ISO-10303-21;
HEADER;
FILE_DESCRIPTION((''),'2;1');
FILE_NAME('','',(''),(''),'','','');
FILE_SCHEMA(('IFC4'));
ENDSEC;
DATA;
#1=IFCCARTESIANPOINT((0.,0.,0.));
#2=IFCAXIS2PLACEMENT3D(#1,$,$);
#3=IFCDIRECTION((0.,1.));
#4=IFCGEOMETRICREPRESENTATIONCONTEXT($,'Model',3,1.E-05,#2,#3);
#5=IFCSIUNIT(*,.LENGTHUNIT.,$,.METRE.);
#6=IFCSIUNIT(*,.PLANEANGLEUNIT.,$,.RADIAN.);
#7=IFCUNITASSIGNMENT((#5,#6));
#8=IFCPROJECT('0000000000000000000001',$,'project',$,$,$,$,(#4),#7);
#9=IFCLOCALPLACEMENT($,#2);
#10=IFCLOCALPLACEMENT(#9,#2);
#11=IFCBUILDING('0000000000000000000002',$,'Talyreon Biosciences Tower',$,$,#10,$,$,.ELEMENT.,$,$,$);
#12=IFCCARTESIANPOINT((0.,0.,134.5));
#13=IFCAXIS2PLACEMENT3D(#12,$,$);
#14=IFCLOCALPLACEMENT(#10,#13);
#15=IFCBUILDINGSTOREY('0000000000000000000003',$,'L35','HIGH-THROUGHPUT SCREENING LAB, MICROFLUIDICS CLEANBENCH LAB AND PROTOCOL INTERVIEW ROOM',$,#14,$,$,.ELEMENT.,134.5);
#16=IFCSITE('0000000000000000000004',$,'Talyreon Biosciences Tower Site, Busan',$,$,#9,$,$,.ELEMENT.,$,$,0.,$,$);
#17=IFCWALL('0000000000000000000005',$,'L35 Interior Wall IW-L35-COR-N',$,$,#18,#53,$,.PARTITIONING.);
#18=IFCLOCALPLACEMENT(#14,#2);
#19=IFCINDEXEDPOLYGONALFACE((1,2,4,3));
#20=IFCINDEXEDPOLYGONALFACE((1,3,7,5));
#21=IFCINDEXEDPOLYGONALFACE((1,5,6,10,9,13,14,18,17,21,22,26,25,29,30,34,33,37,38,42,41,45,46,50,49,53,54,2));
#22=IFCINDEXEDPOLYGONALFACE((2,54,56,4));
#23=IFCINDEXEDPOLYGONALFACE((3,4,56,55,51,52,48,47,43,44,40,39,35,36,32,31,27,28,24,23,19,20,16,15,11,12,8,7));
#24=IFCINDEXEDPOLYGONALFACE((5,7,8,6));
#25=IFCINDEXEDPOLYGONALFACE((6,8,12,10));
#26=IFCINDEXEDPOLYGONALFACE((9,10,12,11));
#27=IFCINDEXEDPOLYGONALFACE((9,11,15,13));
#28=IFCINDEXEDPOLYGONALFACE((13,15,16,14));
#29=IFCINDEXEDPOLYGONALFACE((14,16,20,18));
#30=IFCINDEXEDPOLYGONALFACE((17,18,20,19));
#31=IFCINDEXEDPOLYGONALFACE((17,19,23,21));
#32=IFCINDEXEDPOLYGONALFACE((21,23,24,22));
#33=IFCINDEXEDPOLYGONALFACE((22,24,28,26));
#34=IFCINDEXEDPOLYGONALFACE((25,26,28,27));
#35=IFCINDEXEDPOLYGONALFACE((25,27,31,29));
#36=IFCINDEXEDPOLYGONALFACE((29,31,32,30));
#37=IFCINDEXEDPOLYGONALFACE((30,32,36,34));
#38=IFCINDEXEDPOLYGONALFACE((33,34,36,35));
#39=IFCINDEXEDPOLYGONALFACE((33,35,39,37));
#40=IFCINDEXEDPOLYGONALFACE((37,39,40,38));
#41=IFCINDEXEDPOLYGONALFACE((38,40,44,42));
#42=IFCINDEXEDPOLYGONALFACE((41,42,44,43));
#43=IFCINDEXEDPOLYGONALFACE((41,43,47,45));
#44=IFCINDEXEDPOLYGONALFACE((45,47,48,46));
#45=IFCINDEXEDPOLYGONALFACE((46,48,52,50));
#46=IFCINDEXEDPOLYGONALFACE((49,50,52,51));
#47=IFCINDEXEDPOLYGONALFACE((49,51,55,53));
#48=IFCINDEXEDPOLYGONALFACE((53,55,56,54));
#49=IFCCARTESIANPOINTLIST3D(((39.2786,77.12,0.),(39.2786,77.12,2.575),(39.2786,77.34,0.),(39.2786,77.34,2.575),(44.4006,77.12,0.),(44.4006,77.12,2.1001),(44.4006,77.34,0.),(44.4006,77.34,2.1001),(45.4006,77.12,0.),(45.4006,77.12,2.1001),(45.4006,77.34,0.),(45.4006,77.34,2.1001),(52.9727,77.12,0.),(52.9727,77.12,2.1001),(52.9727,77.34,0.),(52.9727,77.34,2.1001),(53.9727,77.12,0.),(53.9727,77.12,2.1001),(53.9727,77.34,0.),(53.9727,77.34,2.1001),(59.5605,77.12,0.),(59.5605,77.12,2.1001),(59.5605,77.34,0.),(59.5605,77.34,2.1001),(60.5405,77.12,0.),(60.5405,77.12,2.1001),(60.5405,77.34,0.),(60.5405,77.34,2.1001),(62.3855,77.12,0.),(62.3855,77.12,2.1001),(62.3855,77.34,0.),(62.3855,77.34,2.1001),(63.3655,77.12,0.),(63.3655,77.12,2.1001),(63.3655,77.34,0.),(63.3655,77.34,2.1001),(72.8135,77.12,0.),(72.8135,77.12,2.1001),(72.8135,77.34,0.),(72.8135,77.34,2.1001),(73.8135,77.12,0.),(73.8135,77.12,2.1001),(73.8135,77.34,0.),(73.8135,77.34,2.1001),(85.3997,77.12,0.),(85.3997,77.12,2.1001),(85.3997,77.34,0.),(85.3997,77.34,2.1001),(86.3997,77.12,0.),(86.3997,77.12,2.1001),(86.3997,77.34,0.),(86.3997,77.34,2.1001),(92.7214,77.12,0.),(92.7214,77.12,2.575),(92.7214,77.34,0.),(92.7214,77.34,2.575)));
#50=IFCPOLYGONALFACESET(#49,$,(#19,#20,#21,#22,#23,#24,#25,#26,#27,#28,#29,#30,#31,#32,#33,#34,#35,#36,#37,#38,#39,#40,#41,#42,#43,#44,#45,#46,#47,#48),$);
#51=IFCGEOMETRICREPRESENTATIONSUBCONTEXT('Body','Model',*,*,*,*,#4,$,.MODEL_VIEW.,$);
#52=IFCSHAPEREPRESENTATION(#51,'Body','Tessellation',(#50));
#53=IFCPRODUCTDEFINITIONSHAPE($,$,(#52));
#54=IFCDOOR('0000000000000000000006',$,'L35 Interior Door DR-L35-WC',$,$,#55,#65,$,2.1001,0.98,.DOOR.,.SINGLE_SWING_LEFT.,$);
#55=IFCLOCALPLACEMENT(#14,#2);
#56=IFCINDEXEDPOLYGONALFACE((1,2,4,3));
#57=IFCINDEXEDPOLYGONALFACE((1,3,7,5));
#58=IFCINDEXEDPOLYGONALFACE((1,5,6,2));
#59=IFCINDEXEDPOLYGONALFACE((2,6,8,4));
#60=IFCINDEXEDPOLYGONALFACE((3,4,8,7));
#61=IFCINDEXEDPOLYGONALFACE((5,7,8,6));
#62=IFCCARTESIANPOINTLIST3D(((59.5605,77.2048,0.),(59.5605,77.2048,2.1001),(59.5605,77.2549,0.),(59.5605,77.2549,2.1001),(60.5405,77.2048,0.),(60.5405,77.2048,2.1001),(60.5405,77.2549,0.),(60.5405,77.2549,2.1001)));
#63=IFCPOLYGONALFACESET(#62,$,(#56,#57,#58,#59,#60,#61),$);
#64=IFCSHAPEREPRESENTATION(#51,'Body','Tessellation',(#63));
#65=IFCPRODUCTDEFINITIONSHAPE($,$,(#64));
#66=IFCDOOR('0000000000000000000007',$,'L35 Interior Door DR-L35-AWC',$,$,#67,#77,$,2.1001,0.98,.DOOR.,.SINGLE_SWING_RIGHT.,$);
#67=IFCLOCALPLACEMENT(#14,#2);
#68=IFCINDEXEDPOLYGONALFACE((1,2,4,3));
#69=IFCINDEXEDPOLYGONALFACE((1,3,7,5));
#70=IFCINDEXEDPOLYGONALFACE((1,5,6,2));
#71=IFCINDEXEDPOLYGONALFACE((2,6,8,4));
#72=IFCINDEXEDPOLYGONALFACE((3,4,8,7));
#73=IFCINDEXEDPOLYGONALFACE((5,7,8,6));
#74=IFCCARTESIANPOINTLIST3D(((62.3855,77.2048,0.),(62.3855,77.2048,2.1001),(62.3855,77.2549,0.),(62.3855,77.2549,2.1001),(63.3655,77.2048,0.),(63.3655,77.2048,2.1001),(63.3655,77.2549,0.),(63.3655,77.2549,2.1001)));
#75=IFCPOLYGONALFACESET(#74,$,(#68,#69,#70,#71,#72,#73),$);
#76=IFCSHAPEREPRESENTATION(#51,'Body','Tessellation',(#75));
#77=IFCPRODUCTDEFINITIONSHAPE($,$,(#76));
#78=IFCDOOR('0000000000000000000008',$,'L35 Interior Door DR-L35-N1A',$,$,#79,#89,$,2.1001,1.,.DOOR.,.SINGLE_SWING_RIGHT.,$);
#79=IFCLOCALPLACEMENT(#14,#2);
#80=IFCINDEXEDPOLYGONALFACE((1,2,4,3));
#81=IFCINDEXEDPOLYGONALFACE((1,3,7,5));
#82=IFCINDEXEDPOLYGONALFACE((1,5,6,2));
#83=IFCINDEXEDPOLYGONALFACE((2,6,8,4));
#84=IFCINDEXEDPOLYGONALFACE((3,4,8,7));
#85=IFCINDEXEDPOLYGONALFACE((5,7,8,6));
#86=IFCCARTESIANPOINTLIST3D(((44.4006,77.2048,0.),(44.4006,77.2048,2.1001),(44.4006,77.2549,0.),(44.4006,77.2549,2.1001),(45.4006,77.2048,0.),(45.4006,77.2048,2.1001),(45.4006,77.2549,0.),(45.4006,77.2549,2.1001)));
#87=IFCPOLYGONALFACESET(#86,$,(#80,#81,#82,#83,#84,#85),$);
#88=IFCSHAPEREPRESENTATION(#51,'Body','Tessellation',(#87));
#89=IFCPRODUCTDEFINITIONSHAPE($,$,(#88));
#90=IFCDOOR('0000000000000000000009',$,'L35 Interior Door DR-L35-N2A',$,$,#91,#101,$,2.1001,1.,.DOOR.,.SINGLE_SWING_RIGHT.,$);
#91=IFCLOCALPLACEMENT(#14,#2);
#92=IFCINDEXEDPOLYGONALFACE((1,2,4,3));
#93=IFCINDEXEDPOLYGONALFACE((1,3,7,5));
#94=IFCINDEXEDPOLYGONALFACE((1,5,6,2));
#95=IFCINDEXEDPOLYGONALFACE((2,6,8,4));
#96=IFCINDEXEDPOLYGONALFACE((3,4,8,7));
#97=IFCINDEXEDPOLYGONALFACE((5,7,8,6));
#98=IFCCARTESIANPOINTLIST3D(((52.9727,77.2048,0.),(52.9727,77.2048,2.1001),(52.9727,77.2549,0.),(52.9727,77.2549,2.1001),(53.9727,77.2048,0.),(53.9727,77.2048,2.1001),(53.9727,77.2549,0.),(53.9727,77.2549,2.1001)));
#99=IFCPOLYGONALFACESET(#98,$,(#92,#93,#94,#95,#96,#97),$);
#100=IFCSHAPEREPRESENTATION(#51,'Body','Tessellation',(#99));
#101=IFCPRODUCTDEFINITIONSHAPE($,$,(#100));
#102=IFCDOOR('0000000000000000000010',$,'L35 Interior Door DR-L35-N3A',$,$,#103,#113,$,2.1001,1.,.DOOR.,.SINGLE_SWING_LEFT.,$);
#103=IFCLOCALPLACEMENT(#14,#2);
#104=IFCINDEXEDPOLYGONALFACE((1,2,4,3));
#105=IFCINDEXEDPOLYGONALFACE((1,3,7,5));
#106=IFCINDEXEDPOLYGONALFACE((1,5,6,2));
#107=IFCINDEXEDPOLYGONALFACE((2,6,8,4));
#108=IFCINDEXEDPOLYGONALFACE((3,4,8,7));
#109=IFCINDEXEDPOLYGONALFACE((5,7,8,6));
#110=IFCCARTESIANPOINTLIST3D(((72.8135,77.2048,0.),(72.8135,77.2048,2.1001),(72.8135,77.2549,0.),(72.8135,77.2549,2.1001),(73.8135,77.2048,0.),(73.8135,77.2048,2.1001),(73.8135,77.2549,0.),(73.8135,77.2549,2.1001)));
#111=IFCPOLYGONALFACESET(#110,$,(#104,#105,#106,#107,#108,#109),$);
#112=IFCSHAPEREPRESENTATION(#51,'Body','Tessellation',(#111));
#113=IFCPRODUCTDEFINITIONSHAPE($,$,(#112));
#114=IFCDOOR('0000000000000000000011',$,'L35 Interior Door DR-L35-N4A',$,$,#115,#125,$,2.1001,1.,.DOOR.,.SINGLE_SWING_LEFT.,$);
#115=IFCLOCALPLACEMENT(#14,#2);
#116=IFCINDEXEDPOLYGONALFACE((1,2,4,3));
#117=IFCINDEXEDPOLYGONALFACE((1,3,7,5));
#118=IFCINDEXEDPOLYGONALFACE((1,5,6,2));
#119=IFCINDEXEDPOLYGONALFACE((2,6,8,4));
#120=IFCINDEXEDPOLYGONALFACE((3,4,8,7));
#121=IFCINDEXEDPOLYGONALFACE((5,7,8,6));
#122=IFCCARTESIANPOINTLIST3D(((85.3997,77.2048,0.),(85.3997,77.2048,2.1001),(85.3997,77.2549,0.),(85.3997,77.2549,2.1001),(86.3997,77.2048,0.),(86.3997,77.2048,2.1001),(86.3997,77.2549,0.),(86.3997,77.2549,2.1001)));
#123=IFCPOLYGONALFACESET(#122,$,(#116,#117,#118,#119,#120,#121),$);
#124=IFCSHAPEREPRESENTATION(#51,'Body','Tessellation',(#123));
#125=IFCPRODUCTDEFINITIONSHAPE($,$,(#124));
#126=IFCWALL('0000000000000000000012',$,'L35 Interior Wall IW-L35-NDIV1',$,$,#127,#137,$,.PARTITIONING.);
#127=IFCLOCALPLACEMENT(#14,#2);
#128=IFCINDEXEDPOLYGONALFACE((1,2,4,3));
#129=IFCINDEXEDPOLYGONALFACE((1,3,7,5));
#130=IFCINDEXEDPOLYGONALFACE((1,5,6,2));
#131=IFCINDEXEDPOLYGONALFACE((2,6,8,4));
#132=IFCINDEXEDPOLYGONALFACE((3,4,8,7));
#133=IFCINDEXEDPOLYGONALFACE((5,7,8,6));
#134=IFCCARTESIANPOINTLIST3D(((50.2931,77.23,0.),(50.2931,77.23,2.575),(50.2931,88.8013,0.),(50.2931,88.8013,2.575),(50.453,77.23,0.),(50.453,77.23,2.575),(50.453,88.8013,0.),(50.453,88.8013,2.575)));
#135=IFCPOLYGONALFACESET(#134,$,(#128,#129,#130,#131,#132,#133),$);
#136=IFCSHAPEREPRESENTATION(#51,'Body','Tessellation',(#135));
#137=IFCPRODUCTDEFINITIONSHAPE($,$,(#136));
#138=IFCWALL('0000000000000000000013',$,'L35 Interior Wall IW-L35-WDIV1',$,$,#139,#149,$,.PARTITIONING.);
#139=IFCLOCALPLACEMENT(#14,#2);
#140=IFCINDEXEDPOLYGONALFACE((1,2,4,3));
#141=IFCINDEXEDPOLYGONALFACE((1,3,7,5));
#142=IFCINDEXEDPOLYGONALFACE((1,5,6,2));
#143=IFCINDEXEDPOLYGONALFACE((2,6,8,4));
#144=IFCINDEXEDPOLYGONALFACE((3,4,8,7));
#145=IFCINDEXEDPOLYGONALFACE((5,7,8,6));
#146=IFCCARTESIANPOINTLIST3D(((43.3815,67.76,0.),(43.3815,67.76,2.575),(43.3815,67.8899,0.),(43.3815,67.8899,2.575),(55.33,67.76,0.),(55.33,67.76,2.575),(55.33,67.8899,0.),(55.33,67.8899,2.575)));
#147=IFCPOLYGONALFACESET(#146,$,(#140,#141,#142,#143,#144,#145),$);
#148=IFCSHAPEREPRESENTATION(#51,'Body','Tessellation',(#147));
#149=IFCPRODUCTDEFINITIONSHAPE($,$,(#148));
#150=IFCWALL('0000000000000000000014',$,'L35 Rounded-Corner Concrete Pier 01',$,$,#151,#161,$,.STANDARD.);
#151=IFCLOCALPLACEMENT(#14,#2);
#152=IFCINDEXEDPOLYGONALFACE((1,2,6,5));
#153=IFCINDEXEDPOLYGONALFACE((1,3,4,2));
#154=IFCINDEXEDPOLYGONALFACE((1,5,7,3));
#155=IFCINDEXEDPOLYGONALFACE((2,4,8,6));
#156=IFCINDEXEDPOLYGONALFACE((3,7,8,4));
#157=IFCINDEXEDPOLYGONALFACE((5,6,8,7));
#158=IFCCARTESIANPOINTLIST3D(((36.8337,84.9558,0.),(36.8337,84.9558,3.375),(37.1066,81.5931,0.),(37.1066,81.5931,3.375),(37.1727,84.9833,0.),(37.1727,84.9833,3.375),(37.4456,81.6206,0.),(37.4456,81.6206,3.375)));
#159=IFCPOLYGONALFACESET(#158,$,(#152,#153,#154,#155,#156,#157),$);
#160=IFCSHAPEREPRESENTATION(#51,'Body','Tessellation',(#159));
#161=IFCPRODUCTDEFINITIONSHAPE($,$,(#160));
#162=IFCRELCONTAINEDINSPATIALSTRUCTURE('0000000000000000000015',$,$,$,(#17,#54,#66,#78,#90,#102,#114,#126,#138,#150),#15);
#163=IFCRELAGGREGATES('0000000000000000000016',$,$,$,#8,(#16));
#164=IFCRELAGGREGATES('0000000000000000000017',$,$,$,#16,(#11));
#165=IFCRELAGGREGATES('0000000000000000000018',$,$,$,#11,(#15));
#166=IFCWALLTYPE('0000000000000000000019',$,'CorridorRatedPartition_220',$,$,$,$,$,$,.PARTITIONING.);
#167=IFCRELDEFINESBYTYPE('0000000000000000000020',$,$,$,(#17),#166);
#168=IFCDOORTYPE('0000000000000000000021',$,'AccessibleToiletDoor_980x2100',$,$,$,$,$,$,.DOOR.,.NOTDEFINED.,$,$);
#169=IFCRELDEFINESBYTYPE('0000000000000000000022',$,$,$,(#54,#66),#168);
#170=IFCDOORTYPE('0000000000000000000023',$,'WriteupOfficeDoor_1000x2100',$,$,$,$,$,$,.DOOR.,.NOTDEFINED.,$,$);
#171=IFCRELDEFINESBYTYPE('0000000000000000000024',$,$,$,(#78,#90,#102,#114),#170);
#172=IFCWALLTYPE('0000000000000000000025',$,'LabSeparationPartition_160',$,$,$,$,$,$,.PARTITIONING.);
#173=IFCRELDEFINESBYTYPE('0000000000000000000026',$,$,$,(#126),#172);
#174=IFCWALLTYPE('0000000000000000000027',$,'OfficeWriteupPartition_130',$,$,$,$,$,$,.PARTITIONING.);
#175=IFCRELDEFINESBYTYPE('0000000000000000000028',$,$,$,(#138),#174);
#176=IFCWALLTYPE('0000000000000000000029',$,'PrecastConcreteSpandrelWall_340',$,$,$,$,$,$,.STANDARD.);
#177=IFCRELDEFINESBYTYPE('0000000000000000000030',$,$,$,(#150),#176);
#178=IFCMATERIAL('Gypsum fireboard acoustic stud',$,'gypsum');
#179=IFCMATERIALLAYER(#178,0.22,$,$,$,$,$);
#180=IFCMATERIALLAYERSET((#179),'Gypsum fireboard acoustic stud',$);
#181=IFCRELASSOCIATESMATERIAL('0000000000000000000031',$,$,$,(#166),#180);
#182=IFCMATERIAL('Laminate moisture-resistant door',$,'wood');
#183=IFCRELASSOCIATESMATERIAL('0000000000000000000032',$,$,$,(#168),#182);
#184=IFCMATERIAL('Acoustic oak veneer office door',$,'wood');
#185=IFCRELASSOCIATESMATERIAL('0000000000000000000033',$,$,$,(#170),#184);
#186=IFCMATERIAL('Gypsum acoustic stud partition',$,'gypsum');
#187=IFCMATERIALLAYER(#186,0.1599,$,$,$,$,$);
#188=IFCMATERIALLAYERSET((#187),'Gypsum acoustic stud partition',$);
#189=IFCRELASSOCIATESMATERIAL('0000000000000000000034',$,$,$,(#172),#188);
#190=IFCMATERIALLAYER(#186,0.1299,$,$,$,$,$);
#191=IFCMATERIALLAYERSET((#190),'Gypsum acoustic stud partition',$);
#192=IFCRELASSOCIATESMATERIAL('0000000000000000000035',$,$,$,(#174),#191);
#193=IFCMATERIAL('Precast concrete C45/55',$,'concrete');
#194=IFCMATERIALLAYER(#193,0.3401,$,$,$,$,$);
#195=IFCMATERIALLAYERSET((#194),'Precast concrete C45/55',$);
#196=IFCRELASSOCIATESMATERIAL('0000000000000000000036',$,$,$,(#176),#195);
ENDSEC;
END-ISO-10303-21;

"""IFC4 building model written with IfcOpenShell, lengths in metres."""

from ifc_helpers import new_model, si_unit, direction, frame, frame_2d, origin, place, context, subcontext, project, spatial, rectangle, extrude, material, layer, layer_set, type_object, element, fill, save


model = new_model("IFC4")

# Units and contexts
model_context = context("Model", 3, precision=1e-05, world=origin(), true_north=direction((0.0, 1.0)))
body_context = subcontext(model_context, "Body", "Model", "MODEL_VIEW")
ifc_project = project(units=[si_unit("LENGTHUNIT", "METRE"), si_unit("PLANEANGLEUNIT", "RADIAN")], contexts=[model_context])

# Site, building, storey
site_placement = place(None, origin())
site = spatial("IfcSite", under=ifc_project, at=site_placement, Name="Talyreon Biosciences Tower Site, Busan", CompositionType="ELEMENT", RefElevation=0.0)
building_placement = place(site_placement, origin())
building = spatial("IfcBuilding", under=site, at=building_placement, Name="Talyreon Biosciences Tower", CompositionType="ELEMENT")
storey_placement = place(building_placement, frame((0.0, 0.0, 134.5)))
storey = spatial("IfcBuildingStorey", under=building, at=storey_placement, Name="L35", Description="HIGH-THROUGHPUT SCREENING LAB, MICROFLUIDICS CLEANBENCH LAB AND PROTOCOL INTERVIEW ROOM", CompositionType="ELEMENT", Elevation=134.5)

# Shared definitions
ifc_material_1 = material(Name="Precast concrete C45/55", Category="concrete")

# Wall, openings, doors
ifc_material_2 = material(Name="Gypsum fireboard acoustic stud", Category="gypsum")
ifc_layer_1 = layer(ifc_material_2, 0.22)
ifc_layer_set_1 = layer_set([ifc_layer_1], Name="Gypsum fireboard acoustic stud")
wall_type_1 = type_object("IfcWallType", Name="CorridorRatedPartition_220", PredefinedType="PARTITIONING", material=ifc_layer_set_1)
wall_1_placement = place(storey_placement, frame((39.2786, 77.23, 0.0), z_axis=(0.0, 0.0, 1.0), x_axis=(1.0, 0.0, 0.0)))
wall_1 = element("IfcWall", 1, at=wall_1_placement, inside=storey, type_object=wall_type_1, Name="L35 Interior Wall IW-L35-COR-N", PredefinedType="PARTITIONING", context=body_context, shape_type="SweptSolid", body=[
    extrude(rectangle(XDim=53.4429, YDim=0.22, at=frame_2d((26.7214, 0.0))), origin(), (0.0, 0.0, 1.0), 2.575),
])
opening_1_placement = place(wall_1_placement, frame((20.282, 0.0, 0.0)))
opening_1 = element("IfcOpeningElement", 2, at=opening_1_placement, cuts=wall_1, PredefinedType="OPENING", context=body_context, shape_type="SweptSolid", body=[
    extrude(rectangle(XDim=0.98, YDim=2.1001, at=frame_2d((0.49, 1.05))), frame((0.0, 0.1199, 0.0), z_axis=(0.0, -1.0, 0.0), x_axis=(1.0, 0.0, 0.0)), (0.0, 0.0, 1.0), 0.24),
])
opening_2_placement = place(wall_1_placement, frame((23.1069, 0.0, 0.0)))
opening_2 = element("IfcOpeningElement", 3, at=opening_2_placement, cuts=wall_1, PredefinedType="OPENING", context=body_context, shape_type="SweptSolid", body=[
    extrude(rectangle(XDim=0.98, YDim=2.1001, at=frame_2d((0.49, 1.05))), frame((0.0, 0.1199, 0.0), z_axis=(0.0, -1.0, 0.0), x_axis=(1.0, 0.0, 0.0)), (0.0, 0.0, 1.0), 0.24),
])
opening_3_placement = place(wall_1_placement, frame((5.1221, 0.0, 0.0)))
opening_3 = element("IfcOpeningElement", 4, at=opening_3_placement, cuts=wall_1, PredefinedType="OPENING", context=body_context, shape_type="SweptSolid", body=[
    extrude(rectangle(XDim=1.0, YDim=2.1001, at=frame_2d((0.5, 1.05))), frame((0.0, 0.1199, 0.0), z_axis=(0.0, -1.0, 0.0), x_axis=(1.0, 0.0, 0.0)), (0.0, 0.0, 1.0), 0.24),
])
opening_4_placement = place(wall_1_placement, frame((13.6941, 0.0, 0.0)))
opening_4 = element("IfcOpeningElement", 5, at=opening_4_placement, cuts=wall_1, PredefinedType="OPENING", context=body_context, shape_type="SweptSolid", body=[
    extrude(rectangle(XDim=1.0, YDim=2.1001, at=frame_2d((0.5, 1.05))), frame((0.0, 0.1199, 0.0), z_axis=(0.0, -1.0, 0.0), x_axis=(1.0, 0.0, 0.0)), (0.0, 0.0, 1.0), 0.24),
])
opening_5_placement = place(wall_1_placement, frame((33.5349, 0.0, 0.0)))
opening_5 = element("IfcOpeningElement", 6, at=opening_5_placement, cuts=wall_1, PredefinedType="OPENING", context=body_context, shape_type="SweptSolid", body=[
    extrude(rectangle(XDim=1.0, YDim=2.1001, at=frame_2d((0.5, 1.05))), frame((0.0, 0.1199, 0.0), z_axis=(0.0, -1.0, 0.0), x_axis=(1.0, 0.0, 0.0)), (0.0, 0.0, 1.0), 0.24),
])
opening_6_placement = place(wall_1_placement, frame((46.1211, 0.0, 0.0)))
opening_6 = element("IfcOpeningElement", 7, at=opening_6_placement, cuts=wall_1, PredefinedType="OPENING", context=body_context, shape_type="SweptSolid", body=[
    extrude(rectangle(XDim=1.0, YDim=2.1001, at=frame_2d((0.5, 1.05))), frame((0.0, 0.1199, 0.0), z_axis=(0.0, -1.0, 0.0), x_axis=(1.0, 0.0, 0.0)), (0.0, 0.0, 1.0), 0.24),
])
ifc_material_3 = material(Name="Laminate moisture-resistant door", Category="wood")
door_type_1 = type_object("IfcDoorType", Name="AccessibleToiletDoor_980x2100", OperationType="NOTDEFINED", PredefinedType="DOOR", material=ifc_material_3)
door_1_placement = place(opening_1_placement, origin())
door_1 = element("IfcDoor", 8, at=door_1_placement, inside=storey, type_object=door_type_1, Name="L35 Interior Door DR-L35-WC", OperationType="SINGLE_SWING_LEFT", OverallHeight=2.1001, OverallWidth=0.98, PredefinedType="DOOR", context=body_context, shape_type="SweptSolid", body=[
    extrude(rectangle(XDim=0.98, YDim=2.1001, at=frame_2d((0.49, 1.05))), frame((0.0, 0.0249, 0.0), z_axis=(0.0, -1.0, 0.0), x_axis=(1.0, 0.0, 0.0)), (0.0, 0.0, 1.0), 0.05),
])
fill(opening_1, door_1)
door_2_placement = place(opening_2_placement, origin())
door_2 = element("IfcDoor", 9, at=door_2_placement, inside=storey, type_object=door_type_1, Name="L35 Interior Door DR-L35-AWC", OperationType="SINGLE_SWING_RIGHT", OverallHeight=2.1001, OverallWidth=0.98, PredefinedType="DOOR", context=body_context, shape_type="SweptSolid", body=[
    extrude(rectangle(XDim=0.98, YDim=2.1001, at=frame_2d((0.49, 1.05))), frame((0.0, 0.0249, 0.0), z_axis=(0.0, -1.0, 0.0), x_axis=(1.0, 0.0, 0.0)), (0.0, 0.0, 1.0), 0.05),
])
fill(opening_2, door_2)
ifc_material_4 = material(Name="Acoustic oak veneer office door", Category="wood")
door_type_2 = type_object("IfcDoorType", Name="WriteupOfficeDoor_1000x2100", OperationType="NOTDEFINED", PredefinedType="DOOR", material=ifc_material_4)
door_3_placement = place(opening_3_placement, origin())
door_3 = element("IfcDoor", 10, at=door_3_placement, inside=storey, type_object=door_type_2, Name="L35 Interior Door DR-L35-N1A", OperationType="SINGLE_SWING_RIGHT", OverallHeight=2.1001, OverallWidth=1.0, PredefinedType="DOOR", context=body_context, shape_type="SweptSolid", body=[
    extrude(rectangle(XDim=1.0, YDim=2.1001, at=frame_2d((0.5, 1.05))), frame((0.0, 0.0249, 0.0), z_axis=(0.0, -1.0, 0.0), x_axis=(1.0, 0.0, 0.0)), (0.0, 0.0, 1.0), 0.05),
])
fill(opening_3, door_3)
door_4_placement = place(opening_4_placement, origin())
door_4 = element("IfcDoor", 11, at=door_4_placement, inside=storey, type_object=door_type_2, Name="L35 Interior Door DR-L35-N2A", OperationType="SINGLE_SWING_RIGHT", OverallHeight=2.1001, OverallWidth=1.0, PredefinedType="DOOR", context=body_context, shape_type="SweptSolid", body=[
    extrude(rectangle(XDim=1.0, YDim=2.1001, at=frame_2d((0.5, 1.05))), frame((0.0, 0.0249, 0.0), z_axis=(0.0, -1.0, 0.0), x_axis=(1.0, 0.0, 0.0)), (0.0, 0.0, 1.0), 0.05),
])
fill(opening_4, door_4)
door_5_placement = place(opening_5_placement, origin())
door_5 = element("IfcDoor", 12, at=door_5_placement, inside=storey, type_object=door_type_2, Name="L35 Interior Door DR-L35-N3A", OperationType="SINGLE_SWING_LEFT", OverallHeight=2.1001, OverallWidth=1.0, PredefinedType="DOOR", context=body_context, shape_type="SweptSolid", body=[
    extrude(rectangle(XDim=1.0, YDim=2.1001, at=frame_2d((0.5, 1.05))), frame((0.0, 0.0249, 0.0), z_axis=(0.0, -1.0, 0.0), x_axis=(1.0, 0.0, 0.0)), (0.0, 0.0, 1.0), 0.05),
])
fill(opening_5, door_5)
door_6_placement = place(opening_6_placement, origin())
door_6 = element("IfcDoor", 13, at=door_6_placement, inside=storey, type_object=door_type_2, Name="L35 Interior Door DR-L35-N4A", OperationType="SINGLE_SWING_LEFT", OverallHeight=2.1001, OverallWidth=1.0, PredefinedType="DOOR", context=body_context, shape_type="SweptSolid", body=[
    extrude(rectangle(XDim=1.0, YDim=2.1001, at=frame_2d((0.5, 1.05))), frame((0.0, 0.0249, 0.0), z_axis=(0.0, -1.0, 0.0), x_axis=(1.0, 0.0, 0.0)), (0.0, 0.0, 1.0), 0.05),
])
fill(opening_6, door_6)

# Walls
ifc_material_5 = material(Name="Gypsum acoustic stud partition", Category="gypsum")
ifc_layer_2 = layer(ifc_material_5, 0.1599)
ifc_layer_set_2 = layer_set([ifc_layer_2], Name="Gypsum acoustic stud partition")
wall_type_2 = type_object("IfcWallType", Name="LabSeparationPartition_160", PredefinedType="PARTITIONING", material=ifc_layer_set_2)
wall_2_placement = place(storey_placement, frame((50.373, 77.23, 0.0), z_axis=(0.0, 0.0, 1.0), x_axis=(0.0, 1.0, 0.0)))
element("IfcWall", 14, at=wall_2_placement, inside=storey, type_object=wall_type_2, Name="L35 Interior Wall IW-L35-NDIV1", PredefinedType="PARTITIONING", context=body_context, shape_type="SweptSolid", body=[
    extrude(rectangle(XDim=11.5713, YDim=0.1599, at=frame_2d((5.7856, 0.0))), origin(), (0.0, 0.0, 1.0), 2.575),
])
ifc_layer_3 = layer(ifc_material_5, 0.1299)
ifc_layer_set_3 = layer_set([ifc_layer_3], Name="Gypsum acoustic stud partition")
wall_type_3 = type_object("IfcWallType", Name="OfficeWriteupPartition_130", PredefinedType="PARTITIONING", material=ifc_layer_set_3)
wall_3_placement = place(storey_placement, frame((43.3816, 67.825, 0.0), z_axis=(0.0, 0.0, 1.0), x_axis=(1.0, 0.0, 0.0)))
element("IfcWall", 15, at=wall_3_placement, inside=storey, type_object=wall_type_3, Name="L35 Interior Wall IW-L35-WDIV1", PredefinedType="PARTITIONING", context=body_context, shape_type="SweptSolid", body=[
    extrude(rectangle(XDim=11.9485, YDim=0.1299, at=frame_2d((5.9741, 0.0))), origin(), (0.0, 0.0, 1.0), 2.575),
])
ifc_layer_4 = layer(ifc_material_1, 0.3401)
ifc_layer_set_4 = layer_set([ifc_layer_4], Name="Precast concrete C45/55")
wall_type_4 = type_object("IfcWallType", Name="PrecastConcreteSpandrelWall_340", PredefinedType="STANDARD", material=ifc_layer_set_4)
wall_4_placement = place(storey_placement, frame((37.2761, 81.6067, 0.0), z_axis=(0.0, 0.0, 1.0), x_axis=(-0.080901, 0.996722, 0.0)))
element("IfcWall", 16, at=wall_4_placement, inside=storey, type_object=wall_type_4, Name="L35 Rounded-Corner Concrete Pier 01", PredefinedType="STANDARD", context=body_context, shape_type="SweptSolid", body=[
    extrude(rectangle(XDim=3.3738, YDim=0.3401, at=frame_2d((1.687, 0.0))), origin(), (0.0, 0.0, 1.0), 3.375),
])

save(model, "model.ifc")
